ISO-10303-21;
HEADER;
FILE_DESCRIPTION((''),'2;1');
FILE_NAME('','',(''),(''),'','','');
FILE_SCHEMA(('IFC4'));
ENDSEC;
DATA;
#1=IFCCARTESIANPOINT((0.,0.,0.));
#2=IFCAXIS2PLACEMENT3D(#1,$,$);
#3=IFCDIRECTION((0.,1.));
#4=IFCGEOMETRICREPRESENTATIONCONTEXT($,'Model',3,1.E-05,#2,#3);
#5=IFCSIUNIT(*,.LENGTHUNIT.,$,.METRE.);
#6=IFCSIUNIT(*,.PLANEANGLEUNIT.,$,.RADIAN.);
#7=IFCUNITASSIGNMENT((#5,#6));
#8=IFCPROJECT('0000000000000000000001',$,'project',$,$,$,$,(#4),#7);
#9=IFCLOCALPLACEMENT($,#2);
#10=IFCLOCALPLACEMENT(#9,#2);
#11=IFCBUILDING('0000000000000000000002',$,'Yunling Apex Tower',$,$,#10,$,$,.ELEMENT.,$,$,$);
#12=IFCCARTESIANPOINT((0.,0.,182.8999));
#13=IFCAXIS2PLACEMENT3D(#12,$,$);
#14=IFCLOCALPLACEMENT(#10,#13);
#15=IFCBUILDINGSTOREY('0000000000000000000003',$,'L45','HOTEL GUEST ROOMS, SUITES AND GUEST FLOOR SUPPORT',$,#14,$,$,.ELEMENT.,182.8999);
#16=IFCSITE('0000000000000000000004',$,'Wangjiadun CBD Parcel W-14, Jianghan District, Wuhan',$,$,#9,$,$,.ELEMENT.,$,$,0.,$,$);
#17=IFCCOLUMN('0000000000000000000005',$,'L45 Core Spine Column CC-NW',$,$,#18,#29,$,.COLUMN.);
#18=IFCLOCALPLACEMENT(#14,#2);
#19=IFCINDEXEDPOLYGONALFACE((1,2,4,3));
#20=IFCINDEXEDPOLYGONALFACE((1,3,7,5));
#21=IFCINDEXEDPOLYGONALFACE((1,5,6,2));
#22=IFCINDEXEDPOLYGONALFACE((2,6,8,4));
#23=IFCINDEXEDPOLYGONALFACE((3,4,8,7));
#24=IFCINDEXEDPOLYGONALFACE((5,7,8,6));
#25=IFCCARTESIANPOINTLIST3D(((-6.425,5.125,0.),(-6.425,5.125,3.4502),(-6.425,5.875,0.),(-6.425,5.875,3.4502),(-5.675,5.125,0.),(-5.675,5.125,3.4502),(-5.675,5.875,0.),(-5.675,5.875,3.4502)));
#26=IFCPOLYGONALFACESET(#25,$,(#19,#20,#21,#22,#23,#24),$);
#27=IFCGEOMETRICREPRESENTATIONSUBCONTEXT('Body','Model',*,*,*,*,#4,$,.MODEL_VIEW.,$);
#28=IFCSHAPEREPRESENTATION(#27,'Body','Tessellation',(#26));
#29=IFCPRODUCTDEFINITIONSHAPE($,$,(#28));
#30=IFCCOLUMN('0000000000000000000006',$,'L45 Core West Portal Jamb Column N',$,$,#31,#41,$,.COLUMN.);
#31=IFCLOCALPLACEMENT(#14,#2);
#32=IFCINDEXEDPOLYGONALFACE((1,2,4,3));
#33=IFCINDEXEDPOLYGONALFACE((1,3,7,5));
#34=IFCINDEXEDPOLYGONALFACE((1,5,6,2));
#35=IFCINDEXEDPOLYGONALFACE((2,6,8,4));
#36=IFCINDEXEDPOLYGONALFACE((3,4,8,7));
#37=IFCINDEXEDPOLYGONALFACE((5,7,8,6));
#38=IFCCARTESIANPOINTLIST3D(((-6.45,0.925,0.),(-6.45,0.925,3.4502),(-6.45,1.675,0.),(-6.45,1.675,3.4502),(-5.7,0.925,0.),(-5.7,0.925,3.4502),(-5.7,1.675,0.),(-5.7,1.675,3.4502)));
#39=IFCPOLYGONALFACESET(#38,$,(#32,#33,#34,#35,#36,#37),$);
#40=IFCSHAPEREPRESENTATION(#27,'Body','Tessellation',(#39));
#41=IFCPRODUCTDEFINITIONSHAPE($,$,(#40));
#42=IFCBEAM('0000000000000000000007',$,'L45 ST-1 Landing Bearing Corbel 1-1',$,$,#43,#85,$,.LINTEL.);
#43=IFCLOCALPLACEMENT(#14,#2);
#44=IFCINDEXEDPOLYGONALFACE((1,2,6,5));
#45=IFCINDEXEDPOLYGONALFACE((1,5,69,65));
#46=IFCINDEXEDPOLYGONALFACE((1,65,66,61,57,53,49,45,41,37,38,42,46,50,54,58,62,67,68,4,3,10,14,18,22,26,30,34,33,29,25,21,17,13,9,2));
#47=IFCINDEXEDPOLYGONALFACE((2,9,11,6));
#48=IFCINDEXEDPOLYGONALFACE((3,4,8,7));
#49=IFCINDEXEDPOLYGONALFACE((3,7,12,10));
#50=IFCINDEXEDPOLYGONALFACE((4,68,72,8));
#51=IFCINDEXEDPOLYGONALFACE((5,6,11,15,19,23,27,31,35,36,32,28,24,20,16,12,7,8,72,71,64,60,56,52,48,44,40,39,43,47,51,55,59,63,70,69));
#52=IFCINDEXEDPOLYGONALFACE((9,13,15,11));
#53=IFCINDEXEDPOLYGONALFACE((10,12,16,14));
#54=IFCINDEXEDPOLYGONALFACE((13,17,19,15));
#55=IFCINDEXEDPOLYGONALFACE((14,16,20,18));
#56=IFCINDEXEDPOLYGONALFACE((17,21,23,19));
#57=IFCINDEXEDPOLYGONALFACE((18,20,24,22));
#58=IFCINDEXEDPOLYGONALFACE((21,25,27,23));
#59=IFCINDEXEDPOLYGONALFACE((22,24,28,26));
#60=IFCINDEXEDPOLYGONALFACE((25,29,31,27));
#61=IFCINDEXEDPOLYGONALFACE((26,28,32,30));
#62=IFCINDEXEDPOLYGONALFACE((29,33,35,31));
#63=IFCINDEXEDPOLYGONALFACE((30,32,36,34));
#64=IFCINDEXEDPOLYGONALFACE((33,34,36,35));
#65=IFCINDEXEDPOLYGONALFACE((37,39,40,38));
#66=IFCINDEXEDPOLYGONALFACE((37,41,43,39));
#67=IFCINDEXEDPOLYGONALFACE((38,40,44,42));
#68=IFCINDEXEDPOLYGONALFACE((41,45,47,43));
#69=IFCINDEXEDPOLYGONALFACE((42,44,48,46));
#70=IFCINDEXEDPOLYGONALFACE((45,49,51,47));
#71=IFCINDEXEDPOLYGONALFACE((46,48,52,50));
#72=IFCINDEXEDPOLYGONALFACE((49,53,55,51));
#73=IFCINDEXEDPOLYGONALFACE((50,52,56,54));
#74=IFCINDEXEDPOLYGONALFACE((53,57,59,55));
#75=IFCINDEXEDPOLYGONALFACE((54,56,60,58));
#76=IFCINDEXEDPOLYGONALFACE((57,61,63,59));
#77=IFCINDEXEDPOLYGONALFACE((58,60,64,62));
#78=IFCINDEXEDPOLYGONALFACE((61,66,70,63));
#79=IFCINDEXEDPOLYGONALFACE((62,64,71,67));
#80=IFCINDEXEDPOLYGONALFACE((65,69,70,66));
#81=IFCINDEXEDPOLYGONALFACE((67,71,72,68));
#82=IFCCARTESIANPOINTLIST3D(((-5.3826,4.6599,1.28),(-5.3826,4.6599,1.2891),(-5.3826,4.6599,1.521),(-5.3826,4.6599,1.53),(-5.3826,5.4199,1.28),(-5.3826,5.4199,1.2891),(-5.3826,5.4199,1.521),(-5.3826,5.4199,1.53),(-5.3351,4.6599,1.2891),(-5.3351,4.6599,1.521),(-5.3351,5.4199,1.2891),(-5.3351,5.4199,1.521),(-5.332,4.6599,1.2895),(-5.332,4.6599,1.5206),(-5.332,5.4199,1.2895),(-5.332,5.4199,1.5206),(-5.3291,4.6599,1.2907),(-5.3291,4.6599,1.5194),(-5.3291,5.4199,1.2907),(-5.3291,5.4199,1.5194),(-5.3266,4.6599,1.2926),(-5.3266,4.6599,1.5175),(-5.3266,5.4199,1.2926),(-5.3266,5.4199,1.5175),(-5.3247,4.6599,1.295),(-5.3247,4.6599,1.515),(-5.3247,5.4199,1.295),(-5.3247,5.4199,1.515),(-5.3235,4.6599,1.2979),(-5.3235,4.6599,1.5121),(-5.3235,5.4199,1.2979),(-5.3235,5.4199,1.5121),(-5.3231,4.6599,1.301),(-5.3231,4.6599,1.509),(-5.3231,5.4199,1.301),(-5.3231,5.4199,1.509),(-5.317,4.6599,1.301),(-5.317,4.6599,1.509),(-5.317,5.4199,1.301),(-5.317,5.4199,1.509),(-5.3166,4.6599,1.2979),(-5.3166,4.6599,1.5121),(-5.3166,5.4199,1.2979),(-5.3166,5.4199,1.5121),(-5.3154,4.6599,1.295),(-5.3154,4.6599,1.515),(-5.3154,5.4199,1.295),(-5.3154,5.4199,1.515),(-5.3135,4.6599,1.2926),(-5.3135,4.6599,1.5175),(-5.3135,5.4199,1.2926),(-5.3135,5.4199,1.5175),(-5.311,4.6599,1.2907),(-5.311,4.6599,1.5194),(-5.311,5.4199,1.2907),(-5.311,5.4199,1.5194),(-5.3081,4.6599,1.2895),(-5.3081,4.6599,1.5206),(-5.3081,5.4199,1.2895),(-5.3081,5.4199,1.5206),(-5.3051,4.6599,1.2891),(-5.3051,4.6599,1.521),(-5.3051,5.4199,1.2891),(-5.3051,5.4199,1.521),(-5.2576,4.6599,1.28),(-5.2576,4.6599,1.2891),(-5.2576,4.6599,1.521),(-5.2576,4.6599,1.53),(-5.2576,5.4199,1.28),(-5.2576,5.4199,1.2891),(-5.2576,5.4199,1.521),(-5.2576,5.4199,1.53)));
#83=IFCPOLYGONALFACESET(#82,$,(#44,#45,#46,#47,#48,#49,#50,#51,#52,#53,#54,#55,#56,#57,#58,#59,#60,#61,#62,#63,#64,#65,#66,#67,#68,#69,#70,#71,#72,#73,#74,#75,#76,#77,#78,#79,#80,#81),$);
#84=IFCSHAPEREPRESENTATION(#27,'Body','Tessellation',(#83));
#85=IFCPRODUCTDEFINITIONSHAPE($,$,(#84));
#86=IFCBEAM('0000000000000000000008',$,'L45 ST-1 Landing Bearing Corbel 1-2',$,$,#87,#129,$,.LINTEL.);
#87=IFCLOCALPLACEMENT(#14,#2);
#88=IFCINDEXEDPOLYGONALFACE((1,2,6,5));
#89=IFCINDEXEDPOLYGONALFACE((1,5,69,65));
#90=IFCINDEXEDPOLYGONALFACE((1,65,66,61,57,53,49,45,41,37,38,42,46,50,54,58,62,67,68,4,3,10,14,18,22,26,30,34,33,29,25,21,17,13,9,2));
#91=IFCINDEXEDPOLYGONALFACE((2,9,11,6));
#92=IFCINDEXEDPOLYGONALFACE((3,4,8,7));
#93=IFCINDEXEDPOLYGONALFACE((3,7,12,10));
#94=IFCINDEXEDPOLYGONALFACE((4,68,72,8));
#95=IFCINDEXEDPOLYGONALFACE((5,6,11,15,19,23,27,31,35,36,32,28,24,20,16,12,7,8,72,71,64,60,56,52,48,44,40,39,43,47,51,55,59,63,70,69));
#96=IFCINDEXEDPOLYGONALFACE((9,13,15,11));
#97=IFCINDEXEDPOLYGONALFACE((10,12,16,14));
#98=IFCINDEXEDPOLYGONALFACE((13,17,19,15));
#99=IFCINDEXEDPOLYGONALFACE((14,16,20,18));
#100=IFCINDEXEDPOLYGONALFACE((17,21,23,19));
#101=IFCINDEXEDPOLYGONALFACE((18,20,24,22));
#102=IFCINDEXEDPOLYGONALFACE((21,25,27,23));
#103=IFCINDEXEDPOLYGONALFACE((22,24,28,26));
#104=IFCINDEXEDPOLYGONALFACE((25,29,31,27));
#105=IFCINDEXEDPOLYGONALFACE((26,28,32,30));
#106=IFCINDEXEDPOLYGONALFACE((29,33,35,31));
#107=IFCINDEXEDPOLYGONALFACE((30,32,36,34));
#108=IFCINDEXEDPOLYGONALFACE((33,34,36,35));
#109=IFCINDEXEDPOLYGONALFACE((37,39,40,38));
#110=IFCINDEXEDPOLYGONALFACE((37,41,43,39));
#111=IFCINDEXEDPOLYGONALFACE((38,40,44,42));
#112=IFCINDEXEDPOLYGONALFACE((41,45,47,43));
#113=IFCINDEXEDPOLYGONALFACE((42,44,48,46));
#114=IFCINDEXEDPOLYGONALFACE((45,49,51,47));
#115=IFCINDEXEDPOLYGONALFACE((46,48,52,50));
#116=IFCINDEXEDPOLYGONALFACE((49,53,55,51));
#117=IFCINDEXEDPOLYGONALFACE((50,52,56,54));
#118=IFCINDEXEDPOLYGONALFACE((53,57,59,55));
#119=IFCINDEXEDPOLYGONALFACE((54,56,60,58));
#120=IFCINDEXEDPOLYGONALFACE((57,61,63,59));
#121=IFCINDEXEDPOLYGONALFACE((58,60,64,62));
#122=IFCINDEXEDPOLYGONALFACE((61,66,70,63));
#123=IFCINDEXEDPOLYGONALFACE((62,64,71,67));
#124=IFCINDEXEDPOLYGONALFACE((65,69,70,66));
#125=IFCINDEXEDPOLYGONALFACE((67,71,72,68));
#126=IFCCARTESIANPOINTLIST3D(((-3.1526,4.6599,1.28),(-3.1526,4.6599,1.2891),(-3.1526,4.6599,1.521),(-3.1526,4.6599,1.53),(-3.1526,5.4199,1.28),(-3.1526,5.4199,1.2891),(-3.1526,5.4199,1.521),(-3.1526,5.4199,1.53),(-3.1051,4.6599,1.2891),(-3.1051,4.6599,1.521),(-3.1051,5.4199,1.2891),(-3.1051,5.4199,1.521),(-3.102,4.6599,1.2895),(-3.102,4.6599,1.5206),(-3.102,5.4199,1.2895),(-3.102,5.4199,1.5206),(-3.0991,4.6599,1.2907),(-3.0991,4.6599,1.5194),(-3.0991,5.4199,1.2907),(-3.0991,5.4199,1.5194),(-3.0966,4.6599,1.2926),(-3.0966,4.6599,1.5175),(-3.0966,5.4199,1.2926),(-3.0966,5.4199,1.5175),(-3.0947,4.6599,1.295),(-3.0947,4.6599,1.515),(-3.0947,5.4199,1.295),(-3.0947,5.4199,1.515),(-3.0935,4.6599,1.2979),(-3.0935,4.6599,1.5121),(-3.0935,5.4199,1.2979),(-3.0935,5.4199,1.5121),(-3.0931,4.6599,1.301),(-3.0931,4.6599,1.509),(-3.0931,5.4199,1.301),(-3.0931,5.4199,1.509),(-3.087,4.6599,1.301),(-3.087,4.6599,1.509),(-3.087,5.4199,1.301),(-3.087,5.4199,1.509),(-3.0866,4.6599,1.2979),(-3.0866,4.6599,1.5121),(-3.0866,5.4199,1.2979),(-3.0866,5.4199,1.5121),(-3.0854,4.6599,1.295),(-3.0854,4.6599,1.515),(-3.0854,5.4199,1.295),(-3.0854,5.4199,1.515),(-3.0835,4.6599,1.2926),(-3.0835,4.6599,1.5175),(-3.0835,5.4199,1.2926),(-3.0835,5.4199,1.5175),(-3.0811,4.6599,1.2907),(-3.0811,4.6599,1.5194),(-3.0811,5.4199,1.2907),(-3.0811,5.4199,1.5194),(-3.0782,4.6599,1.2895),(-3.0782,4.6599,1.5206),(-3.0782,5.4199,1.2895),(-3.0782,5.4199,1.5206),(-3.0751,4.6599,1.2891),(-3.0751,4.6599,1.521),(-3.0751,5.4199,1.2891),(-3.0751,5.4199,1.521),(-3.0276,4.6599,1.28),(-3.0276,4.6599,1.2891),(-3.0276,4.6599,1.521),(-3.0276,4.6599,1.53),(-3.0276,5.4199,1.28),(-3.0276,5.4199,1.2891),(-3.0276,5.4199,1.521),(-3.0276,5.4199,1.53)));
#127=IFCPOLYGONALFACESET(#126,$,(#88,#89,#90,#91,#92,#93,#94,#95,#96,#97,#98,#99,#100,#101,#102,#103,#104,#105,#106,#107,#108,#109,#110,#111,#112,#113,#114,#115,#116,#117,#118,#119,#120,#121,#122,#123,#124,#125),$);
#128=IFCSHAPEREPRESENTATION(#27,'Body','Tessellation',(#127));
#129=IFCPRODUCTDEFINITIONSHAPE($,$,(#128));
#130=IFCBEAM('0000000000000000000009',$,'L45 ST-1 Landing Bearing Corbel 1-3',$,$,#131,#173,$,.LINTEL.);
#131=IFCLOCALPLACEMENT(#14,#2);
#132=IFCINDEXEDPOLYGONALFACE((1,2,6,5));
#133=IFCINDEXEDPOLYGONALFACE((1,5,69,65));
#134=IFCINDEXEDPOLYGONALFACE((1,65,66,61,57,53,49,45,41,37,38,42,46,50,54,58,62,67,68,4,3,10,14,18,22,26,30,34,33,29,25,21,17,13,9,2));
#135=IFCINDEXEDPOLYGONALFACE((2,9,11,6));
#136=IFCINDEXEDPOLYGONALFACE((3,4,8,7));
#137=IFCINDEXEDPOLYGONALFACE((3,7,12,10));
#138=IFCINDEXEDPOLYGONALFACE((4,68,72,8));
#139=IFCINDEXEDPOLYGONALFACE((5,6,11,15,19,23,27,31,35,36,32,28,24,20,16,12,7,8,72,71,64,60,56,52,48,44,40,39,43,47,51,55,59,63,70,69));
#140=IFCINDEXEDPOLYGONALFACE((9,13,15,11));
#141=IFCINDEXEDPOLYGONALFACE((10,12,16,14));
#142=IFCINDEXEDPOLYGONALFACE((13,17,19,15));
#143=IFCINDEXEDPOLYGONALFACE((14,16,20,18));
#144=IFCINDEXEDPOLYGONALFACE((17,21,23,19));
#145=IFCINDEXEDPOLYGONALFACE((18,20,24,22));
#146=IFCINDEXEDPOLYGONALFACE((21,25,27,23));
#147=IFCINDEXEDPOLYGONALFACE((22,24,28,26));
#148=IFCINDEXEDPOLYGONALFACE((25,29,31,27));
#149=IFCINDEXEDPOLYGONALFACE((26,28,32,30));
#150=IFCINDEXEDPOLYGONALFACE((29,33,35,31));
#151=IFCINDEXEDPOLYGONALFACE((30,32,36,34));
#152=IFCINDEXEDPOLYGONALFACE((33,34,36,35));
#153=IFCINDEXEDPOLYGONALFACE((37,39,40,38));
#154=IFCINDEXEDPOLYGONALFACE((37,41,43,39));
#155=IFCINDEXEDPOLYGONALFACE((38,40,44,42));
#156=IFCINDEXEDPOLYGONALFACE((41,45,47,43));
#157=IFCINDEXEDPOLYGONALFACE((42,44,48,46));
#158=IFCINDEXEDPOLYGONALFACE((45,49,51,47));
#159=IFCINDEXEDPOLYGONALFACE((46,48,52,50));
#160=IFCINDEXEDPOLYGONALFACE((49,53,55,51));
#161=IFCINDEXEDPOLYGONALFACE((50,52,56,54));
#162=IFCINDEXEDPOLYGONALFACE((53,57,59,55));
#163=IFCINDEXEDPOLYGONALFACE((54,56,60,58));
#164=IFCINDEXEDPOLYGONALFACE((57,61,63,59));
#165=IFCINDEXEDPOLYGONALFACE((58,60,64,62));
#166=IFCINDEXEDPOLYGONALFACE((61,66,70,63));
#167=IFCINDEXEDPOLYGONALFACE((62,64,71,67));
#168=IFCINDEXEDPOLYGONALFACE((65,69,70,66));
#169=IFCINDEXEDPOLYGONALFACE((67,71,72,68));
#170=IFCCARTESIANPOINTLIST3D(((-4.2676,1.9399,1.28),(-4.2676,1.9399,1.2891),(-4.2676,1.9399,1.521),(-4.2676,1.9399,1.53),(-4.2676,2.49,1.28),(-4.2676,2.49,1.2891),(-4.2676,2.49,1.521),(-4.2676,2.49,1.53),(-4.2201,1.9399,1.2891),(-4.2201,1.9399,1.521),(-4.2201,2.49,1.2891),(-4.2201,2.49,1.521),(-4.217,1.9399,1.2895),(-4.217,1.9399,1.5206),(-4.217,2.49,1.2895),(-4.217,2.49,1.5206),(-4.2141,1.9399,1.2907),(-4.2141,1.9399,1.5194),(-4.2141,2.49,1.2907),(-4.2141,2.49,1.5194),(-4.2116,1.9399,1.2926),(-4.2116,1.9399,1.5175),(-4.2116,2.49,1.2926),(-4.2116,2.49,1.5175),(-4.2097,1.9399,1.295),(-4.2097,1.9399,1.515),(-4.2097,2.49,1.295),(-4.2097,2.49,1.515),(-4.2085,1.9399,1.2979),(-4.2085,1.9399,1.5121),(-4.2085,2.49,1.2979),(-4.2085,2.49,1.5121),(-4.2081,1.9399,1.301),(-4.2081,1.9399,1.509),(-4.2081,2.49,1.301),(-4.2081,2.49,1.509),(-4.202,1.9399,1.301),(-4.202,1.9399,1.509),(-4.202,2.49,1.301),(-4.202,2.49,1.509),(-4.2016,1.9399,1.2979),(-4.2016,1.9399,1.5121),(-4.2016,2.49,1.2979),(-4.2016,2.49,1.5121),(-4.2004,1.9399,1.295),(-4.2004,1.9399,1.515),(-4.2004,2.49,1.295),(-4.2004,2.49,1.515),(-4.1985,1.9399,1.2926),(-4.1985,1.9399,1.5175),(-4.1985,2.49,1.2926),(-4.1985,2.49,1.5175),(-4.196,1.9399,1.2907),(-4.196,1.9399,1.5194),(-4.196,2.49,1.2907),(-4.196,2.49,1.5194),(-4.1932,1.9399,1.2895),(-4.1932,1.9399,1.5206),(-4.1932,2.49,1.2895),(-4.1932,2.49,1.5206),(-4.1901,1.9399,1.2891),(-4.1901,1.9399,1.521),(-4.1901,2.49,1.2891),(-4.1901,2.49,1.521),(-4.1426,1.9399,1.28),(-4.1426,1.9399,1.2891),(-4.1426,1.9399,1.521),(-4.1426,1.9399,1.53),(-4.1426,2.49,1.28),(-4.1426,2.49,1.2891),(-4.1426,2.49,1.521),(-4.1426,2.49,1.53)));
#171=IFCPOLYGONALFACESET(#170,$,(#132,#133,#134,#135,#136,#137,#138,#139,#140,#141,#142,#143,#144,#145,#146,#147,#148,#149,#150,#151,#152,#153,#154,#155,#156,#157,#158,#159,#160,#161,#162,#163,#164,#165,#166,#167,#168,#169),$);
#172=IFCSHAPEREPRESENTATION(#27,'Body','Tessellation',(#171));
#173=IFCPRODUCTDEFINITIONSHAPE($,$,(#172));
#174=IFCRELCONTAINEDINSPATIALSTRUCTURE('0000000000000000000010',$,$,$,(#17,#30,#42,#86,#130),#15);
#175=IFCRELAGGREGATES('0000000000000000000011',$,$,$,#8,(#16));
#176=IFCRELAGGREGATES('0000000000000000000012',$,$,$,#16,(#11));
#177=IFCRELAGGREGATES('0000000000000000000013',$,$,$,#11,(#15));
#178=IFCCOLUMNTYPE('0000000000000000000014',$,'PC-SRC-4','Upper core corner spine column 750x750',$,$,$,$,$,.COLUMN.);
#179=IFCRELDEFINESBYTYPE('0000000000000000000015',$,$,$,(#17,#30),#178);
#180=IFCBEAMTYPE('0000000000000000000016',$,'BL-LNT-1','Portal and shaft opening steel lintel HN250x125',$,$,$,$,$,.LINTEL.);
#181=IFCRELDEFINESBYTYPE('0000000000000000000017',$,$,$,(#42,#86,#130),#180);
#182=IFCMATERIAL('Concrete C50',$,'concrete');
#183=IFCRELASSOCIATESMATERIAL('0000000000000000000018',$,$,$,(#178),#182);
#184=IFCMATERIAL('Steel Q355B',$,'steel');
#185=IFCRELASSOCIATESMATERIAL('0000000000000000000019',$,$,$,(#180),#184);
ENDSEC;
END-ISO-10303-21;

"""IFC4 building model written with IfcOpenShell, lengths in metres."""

from ifc_helpers import new_model, si_unit, direction, frame, origin, origin_2d, place, context, subcontext, project, spatial, rectangle, i_section, extrude, source, transform, mapped, material, material_profile, profile_set, type_object, element, save


model = new_model("IFC4")

# Units and contexts
model_context = context("Model", 3, precision=1e-05, world=origin(), true_north=direction((0.0, 1.0)))
body_context = subcontext(model_context, "Body", "Model", "MODEL_VIEW")
ifc_project = project(units=[si_unit("LENGTHUNIT", "METRE"), si_unit("PLANEANGLEUNIT", "RADIAN")], contexts=[model_context])

# Site, building, storey
site_placement = place(None, origin())
site = spatial("IfcSite", under=ifc_project, at=site_placement, Name="Wangjiadun CBD Parcel W-14, Jianghan District, Wuhan", CompositionType="ELEMENT", RefElevation=0.0)
building_placement = place(site_placement, origin())
building = spatial("IfcBuilding", under=site, at=building_placement, Name="Yunling Apex Tower", CompositionType="ELEMENT")
storey_placement = place(building_placement, frame((0.0, 0.0, 182.8999)))
storey = spatial("IfcBuildingStorey", under=building, at=storey_placement, Name="L45", Description="HOTEL GUEST ROOMS, SUITES AND GUEST FLOOR SUPPORT", CompositionType="ELEMENT", Elevation=182.8999)

# Columns
ifc_material_1 = material(Name="Concrete C50", Category="concrete")
ifc_material_profile_1 = material_profile(ifc_material_1, rectangle(XDim=0.75, YDim=0.75, at=origin_2d()))
ifc_profile_set_1 = profile_set([ifc_material_profile_1], Name="Concrete C50")
column_type = type_object("IfcColumnType", Name="PC-SRC-4", Description="Upper core corner spine column 750x750", PredefinedType="COLUMN", material=ifc_profile_set_1)
shared_shape_1 = source(origin(), body_context, "Body", "SweptSolid", [
    extrude(rectangle(XDim=0.75, YDim=0.75, at=origin_2d()), origin(), (0.0, 0.0, 1.0), 3.4502),
])
for number, where, z_axis, x_axis, name in (
    (1, (-6.05, 5.5, 0.0), (0.0, 0.0, 1.0), (1.0, 0.0, 0.0), "L45 Core Spine Column CC-NW"),
    (2, (-6.075, 1.3, 0.0), (0.0, 0.0, 1.0), (1.0, 0.0, 0.0), "L45 Core West Portal Jamb Column N"),
):
    element("IfcColumn", number, at=place(storey_placement, frame(where, z_axis=z_axis, x_axis=x_axis)), inside=storey, type_object=column_type, Name=name, PredefinedType="COLUMN", context=body_context, shape_type="MappedRepresentation", body=[
        mapped(shared_shape_1, transform((0.0, 0.0, 0.0), scale=1.0)),
    ])

# Beams
ifc_material_2 = material(Name="Steel Q355B", Category="steel")
ifc_material_profile_2 = material_profile(ifc_material_2, i_section(OverallWidth=0.125, OverallDepth=0.25, WebThickness=0.0061, FlangeThickness=0.009, FilletRadius=0.012, at=origin_2d()))
ifc_profile_set_2 = profile_set([ifc_material_profile_2], Name="Steel Q355B")
beam_type = type_object("IfcBeamType", Name="BL-LNT-1", Description="Portal and shaft opening steel lintel HN250x125", PredefinedType="LINTEL", material=ifc_profile_set_2)
shared_shape_2 = source(origin(), body_context, "Body", "SweptSolid", [
    extrude(i_section(OverallWidth=0.125, OverallDepth=0.25, WebThickness=0.0061, FlangeThickness=0.009, FilletRadius=0.012, at=origin_2d()), origin(), (0.0, 0.0, 1.0), 0.76),
])
for number, where, z_axis, x_axis, name in (
    (3, (-5.3201, 5.4199, 1.405), (0.0, -1.0, 0.0), (1.0, 0.0, 0.0), "L45 ST-1 Landing Bearing Corbel 1-1"),
    (4, (-3.0901, 5.4199, 1.405), (0.0, -1.0, 0.0), (1.0, 0.0, 0.0), "L45 ST-1 Landing Bearing Corbel 1-2"),
):
    element("IfcBeam", number, at=place(storey_placement, frame(where, z_axis=z_axis, x_axis=x_axis)), inside=storey, type_object=beam_type, Name=name, PredefinedType="LINTEL", context=body_context, shape_type="MappedRepresentation", body=[
        mapped(shared_shape_2, transform((0.0, 0.0, 0.0), scale=1.0)),
    ])
shared_shape_3 = source(origin(), body_context, "Body", "SweptSolid", [
    extrude(i_section(OverallWidth=0.125, OverallDepth=0.25, WebThickness=0.0061, FlangeThickness=0.009, FilletRadius=0.012, at=origin_2d()), origin(), (0.0, 0.0, 1.0), 0.55),
])
beam_placement = place(storey_placement, frame((-4.2051, 1.9399, 1.405), z_axis=(0.0, 1.0, 0.0), x_axis=(-1.0, 0.0, 0.0)))
element("IfcBeam", 5, at=beam_placement, inside=storey, type_object=beam_type, Name="L45 ST-1 Landing Bearing Corbel 1-3", PredefinedType="LINTEL", context=body_context, shape_type="MappedRepresentation", body=[
    mapped(shared_shape_3, transform((0.0, 0.0, 0.0), scale=1.0)),
])

save(model, "model.ifc")
